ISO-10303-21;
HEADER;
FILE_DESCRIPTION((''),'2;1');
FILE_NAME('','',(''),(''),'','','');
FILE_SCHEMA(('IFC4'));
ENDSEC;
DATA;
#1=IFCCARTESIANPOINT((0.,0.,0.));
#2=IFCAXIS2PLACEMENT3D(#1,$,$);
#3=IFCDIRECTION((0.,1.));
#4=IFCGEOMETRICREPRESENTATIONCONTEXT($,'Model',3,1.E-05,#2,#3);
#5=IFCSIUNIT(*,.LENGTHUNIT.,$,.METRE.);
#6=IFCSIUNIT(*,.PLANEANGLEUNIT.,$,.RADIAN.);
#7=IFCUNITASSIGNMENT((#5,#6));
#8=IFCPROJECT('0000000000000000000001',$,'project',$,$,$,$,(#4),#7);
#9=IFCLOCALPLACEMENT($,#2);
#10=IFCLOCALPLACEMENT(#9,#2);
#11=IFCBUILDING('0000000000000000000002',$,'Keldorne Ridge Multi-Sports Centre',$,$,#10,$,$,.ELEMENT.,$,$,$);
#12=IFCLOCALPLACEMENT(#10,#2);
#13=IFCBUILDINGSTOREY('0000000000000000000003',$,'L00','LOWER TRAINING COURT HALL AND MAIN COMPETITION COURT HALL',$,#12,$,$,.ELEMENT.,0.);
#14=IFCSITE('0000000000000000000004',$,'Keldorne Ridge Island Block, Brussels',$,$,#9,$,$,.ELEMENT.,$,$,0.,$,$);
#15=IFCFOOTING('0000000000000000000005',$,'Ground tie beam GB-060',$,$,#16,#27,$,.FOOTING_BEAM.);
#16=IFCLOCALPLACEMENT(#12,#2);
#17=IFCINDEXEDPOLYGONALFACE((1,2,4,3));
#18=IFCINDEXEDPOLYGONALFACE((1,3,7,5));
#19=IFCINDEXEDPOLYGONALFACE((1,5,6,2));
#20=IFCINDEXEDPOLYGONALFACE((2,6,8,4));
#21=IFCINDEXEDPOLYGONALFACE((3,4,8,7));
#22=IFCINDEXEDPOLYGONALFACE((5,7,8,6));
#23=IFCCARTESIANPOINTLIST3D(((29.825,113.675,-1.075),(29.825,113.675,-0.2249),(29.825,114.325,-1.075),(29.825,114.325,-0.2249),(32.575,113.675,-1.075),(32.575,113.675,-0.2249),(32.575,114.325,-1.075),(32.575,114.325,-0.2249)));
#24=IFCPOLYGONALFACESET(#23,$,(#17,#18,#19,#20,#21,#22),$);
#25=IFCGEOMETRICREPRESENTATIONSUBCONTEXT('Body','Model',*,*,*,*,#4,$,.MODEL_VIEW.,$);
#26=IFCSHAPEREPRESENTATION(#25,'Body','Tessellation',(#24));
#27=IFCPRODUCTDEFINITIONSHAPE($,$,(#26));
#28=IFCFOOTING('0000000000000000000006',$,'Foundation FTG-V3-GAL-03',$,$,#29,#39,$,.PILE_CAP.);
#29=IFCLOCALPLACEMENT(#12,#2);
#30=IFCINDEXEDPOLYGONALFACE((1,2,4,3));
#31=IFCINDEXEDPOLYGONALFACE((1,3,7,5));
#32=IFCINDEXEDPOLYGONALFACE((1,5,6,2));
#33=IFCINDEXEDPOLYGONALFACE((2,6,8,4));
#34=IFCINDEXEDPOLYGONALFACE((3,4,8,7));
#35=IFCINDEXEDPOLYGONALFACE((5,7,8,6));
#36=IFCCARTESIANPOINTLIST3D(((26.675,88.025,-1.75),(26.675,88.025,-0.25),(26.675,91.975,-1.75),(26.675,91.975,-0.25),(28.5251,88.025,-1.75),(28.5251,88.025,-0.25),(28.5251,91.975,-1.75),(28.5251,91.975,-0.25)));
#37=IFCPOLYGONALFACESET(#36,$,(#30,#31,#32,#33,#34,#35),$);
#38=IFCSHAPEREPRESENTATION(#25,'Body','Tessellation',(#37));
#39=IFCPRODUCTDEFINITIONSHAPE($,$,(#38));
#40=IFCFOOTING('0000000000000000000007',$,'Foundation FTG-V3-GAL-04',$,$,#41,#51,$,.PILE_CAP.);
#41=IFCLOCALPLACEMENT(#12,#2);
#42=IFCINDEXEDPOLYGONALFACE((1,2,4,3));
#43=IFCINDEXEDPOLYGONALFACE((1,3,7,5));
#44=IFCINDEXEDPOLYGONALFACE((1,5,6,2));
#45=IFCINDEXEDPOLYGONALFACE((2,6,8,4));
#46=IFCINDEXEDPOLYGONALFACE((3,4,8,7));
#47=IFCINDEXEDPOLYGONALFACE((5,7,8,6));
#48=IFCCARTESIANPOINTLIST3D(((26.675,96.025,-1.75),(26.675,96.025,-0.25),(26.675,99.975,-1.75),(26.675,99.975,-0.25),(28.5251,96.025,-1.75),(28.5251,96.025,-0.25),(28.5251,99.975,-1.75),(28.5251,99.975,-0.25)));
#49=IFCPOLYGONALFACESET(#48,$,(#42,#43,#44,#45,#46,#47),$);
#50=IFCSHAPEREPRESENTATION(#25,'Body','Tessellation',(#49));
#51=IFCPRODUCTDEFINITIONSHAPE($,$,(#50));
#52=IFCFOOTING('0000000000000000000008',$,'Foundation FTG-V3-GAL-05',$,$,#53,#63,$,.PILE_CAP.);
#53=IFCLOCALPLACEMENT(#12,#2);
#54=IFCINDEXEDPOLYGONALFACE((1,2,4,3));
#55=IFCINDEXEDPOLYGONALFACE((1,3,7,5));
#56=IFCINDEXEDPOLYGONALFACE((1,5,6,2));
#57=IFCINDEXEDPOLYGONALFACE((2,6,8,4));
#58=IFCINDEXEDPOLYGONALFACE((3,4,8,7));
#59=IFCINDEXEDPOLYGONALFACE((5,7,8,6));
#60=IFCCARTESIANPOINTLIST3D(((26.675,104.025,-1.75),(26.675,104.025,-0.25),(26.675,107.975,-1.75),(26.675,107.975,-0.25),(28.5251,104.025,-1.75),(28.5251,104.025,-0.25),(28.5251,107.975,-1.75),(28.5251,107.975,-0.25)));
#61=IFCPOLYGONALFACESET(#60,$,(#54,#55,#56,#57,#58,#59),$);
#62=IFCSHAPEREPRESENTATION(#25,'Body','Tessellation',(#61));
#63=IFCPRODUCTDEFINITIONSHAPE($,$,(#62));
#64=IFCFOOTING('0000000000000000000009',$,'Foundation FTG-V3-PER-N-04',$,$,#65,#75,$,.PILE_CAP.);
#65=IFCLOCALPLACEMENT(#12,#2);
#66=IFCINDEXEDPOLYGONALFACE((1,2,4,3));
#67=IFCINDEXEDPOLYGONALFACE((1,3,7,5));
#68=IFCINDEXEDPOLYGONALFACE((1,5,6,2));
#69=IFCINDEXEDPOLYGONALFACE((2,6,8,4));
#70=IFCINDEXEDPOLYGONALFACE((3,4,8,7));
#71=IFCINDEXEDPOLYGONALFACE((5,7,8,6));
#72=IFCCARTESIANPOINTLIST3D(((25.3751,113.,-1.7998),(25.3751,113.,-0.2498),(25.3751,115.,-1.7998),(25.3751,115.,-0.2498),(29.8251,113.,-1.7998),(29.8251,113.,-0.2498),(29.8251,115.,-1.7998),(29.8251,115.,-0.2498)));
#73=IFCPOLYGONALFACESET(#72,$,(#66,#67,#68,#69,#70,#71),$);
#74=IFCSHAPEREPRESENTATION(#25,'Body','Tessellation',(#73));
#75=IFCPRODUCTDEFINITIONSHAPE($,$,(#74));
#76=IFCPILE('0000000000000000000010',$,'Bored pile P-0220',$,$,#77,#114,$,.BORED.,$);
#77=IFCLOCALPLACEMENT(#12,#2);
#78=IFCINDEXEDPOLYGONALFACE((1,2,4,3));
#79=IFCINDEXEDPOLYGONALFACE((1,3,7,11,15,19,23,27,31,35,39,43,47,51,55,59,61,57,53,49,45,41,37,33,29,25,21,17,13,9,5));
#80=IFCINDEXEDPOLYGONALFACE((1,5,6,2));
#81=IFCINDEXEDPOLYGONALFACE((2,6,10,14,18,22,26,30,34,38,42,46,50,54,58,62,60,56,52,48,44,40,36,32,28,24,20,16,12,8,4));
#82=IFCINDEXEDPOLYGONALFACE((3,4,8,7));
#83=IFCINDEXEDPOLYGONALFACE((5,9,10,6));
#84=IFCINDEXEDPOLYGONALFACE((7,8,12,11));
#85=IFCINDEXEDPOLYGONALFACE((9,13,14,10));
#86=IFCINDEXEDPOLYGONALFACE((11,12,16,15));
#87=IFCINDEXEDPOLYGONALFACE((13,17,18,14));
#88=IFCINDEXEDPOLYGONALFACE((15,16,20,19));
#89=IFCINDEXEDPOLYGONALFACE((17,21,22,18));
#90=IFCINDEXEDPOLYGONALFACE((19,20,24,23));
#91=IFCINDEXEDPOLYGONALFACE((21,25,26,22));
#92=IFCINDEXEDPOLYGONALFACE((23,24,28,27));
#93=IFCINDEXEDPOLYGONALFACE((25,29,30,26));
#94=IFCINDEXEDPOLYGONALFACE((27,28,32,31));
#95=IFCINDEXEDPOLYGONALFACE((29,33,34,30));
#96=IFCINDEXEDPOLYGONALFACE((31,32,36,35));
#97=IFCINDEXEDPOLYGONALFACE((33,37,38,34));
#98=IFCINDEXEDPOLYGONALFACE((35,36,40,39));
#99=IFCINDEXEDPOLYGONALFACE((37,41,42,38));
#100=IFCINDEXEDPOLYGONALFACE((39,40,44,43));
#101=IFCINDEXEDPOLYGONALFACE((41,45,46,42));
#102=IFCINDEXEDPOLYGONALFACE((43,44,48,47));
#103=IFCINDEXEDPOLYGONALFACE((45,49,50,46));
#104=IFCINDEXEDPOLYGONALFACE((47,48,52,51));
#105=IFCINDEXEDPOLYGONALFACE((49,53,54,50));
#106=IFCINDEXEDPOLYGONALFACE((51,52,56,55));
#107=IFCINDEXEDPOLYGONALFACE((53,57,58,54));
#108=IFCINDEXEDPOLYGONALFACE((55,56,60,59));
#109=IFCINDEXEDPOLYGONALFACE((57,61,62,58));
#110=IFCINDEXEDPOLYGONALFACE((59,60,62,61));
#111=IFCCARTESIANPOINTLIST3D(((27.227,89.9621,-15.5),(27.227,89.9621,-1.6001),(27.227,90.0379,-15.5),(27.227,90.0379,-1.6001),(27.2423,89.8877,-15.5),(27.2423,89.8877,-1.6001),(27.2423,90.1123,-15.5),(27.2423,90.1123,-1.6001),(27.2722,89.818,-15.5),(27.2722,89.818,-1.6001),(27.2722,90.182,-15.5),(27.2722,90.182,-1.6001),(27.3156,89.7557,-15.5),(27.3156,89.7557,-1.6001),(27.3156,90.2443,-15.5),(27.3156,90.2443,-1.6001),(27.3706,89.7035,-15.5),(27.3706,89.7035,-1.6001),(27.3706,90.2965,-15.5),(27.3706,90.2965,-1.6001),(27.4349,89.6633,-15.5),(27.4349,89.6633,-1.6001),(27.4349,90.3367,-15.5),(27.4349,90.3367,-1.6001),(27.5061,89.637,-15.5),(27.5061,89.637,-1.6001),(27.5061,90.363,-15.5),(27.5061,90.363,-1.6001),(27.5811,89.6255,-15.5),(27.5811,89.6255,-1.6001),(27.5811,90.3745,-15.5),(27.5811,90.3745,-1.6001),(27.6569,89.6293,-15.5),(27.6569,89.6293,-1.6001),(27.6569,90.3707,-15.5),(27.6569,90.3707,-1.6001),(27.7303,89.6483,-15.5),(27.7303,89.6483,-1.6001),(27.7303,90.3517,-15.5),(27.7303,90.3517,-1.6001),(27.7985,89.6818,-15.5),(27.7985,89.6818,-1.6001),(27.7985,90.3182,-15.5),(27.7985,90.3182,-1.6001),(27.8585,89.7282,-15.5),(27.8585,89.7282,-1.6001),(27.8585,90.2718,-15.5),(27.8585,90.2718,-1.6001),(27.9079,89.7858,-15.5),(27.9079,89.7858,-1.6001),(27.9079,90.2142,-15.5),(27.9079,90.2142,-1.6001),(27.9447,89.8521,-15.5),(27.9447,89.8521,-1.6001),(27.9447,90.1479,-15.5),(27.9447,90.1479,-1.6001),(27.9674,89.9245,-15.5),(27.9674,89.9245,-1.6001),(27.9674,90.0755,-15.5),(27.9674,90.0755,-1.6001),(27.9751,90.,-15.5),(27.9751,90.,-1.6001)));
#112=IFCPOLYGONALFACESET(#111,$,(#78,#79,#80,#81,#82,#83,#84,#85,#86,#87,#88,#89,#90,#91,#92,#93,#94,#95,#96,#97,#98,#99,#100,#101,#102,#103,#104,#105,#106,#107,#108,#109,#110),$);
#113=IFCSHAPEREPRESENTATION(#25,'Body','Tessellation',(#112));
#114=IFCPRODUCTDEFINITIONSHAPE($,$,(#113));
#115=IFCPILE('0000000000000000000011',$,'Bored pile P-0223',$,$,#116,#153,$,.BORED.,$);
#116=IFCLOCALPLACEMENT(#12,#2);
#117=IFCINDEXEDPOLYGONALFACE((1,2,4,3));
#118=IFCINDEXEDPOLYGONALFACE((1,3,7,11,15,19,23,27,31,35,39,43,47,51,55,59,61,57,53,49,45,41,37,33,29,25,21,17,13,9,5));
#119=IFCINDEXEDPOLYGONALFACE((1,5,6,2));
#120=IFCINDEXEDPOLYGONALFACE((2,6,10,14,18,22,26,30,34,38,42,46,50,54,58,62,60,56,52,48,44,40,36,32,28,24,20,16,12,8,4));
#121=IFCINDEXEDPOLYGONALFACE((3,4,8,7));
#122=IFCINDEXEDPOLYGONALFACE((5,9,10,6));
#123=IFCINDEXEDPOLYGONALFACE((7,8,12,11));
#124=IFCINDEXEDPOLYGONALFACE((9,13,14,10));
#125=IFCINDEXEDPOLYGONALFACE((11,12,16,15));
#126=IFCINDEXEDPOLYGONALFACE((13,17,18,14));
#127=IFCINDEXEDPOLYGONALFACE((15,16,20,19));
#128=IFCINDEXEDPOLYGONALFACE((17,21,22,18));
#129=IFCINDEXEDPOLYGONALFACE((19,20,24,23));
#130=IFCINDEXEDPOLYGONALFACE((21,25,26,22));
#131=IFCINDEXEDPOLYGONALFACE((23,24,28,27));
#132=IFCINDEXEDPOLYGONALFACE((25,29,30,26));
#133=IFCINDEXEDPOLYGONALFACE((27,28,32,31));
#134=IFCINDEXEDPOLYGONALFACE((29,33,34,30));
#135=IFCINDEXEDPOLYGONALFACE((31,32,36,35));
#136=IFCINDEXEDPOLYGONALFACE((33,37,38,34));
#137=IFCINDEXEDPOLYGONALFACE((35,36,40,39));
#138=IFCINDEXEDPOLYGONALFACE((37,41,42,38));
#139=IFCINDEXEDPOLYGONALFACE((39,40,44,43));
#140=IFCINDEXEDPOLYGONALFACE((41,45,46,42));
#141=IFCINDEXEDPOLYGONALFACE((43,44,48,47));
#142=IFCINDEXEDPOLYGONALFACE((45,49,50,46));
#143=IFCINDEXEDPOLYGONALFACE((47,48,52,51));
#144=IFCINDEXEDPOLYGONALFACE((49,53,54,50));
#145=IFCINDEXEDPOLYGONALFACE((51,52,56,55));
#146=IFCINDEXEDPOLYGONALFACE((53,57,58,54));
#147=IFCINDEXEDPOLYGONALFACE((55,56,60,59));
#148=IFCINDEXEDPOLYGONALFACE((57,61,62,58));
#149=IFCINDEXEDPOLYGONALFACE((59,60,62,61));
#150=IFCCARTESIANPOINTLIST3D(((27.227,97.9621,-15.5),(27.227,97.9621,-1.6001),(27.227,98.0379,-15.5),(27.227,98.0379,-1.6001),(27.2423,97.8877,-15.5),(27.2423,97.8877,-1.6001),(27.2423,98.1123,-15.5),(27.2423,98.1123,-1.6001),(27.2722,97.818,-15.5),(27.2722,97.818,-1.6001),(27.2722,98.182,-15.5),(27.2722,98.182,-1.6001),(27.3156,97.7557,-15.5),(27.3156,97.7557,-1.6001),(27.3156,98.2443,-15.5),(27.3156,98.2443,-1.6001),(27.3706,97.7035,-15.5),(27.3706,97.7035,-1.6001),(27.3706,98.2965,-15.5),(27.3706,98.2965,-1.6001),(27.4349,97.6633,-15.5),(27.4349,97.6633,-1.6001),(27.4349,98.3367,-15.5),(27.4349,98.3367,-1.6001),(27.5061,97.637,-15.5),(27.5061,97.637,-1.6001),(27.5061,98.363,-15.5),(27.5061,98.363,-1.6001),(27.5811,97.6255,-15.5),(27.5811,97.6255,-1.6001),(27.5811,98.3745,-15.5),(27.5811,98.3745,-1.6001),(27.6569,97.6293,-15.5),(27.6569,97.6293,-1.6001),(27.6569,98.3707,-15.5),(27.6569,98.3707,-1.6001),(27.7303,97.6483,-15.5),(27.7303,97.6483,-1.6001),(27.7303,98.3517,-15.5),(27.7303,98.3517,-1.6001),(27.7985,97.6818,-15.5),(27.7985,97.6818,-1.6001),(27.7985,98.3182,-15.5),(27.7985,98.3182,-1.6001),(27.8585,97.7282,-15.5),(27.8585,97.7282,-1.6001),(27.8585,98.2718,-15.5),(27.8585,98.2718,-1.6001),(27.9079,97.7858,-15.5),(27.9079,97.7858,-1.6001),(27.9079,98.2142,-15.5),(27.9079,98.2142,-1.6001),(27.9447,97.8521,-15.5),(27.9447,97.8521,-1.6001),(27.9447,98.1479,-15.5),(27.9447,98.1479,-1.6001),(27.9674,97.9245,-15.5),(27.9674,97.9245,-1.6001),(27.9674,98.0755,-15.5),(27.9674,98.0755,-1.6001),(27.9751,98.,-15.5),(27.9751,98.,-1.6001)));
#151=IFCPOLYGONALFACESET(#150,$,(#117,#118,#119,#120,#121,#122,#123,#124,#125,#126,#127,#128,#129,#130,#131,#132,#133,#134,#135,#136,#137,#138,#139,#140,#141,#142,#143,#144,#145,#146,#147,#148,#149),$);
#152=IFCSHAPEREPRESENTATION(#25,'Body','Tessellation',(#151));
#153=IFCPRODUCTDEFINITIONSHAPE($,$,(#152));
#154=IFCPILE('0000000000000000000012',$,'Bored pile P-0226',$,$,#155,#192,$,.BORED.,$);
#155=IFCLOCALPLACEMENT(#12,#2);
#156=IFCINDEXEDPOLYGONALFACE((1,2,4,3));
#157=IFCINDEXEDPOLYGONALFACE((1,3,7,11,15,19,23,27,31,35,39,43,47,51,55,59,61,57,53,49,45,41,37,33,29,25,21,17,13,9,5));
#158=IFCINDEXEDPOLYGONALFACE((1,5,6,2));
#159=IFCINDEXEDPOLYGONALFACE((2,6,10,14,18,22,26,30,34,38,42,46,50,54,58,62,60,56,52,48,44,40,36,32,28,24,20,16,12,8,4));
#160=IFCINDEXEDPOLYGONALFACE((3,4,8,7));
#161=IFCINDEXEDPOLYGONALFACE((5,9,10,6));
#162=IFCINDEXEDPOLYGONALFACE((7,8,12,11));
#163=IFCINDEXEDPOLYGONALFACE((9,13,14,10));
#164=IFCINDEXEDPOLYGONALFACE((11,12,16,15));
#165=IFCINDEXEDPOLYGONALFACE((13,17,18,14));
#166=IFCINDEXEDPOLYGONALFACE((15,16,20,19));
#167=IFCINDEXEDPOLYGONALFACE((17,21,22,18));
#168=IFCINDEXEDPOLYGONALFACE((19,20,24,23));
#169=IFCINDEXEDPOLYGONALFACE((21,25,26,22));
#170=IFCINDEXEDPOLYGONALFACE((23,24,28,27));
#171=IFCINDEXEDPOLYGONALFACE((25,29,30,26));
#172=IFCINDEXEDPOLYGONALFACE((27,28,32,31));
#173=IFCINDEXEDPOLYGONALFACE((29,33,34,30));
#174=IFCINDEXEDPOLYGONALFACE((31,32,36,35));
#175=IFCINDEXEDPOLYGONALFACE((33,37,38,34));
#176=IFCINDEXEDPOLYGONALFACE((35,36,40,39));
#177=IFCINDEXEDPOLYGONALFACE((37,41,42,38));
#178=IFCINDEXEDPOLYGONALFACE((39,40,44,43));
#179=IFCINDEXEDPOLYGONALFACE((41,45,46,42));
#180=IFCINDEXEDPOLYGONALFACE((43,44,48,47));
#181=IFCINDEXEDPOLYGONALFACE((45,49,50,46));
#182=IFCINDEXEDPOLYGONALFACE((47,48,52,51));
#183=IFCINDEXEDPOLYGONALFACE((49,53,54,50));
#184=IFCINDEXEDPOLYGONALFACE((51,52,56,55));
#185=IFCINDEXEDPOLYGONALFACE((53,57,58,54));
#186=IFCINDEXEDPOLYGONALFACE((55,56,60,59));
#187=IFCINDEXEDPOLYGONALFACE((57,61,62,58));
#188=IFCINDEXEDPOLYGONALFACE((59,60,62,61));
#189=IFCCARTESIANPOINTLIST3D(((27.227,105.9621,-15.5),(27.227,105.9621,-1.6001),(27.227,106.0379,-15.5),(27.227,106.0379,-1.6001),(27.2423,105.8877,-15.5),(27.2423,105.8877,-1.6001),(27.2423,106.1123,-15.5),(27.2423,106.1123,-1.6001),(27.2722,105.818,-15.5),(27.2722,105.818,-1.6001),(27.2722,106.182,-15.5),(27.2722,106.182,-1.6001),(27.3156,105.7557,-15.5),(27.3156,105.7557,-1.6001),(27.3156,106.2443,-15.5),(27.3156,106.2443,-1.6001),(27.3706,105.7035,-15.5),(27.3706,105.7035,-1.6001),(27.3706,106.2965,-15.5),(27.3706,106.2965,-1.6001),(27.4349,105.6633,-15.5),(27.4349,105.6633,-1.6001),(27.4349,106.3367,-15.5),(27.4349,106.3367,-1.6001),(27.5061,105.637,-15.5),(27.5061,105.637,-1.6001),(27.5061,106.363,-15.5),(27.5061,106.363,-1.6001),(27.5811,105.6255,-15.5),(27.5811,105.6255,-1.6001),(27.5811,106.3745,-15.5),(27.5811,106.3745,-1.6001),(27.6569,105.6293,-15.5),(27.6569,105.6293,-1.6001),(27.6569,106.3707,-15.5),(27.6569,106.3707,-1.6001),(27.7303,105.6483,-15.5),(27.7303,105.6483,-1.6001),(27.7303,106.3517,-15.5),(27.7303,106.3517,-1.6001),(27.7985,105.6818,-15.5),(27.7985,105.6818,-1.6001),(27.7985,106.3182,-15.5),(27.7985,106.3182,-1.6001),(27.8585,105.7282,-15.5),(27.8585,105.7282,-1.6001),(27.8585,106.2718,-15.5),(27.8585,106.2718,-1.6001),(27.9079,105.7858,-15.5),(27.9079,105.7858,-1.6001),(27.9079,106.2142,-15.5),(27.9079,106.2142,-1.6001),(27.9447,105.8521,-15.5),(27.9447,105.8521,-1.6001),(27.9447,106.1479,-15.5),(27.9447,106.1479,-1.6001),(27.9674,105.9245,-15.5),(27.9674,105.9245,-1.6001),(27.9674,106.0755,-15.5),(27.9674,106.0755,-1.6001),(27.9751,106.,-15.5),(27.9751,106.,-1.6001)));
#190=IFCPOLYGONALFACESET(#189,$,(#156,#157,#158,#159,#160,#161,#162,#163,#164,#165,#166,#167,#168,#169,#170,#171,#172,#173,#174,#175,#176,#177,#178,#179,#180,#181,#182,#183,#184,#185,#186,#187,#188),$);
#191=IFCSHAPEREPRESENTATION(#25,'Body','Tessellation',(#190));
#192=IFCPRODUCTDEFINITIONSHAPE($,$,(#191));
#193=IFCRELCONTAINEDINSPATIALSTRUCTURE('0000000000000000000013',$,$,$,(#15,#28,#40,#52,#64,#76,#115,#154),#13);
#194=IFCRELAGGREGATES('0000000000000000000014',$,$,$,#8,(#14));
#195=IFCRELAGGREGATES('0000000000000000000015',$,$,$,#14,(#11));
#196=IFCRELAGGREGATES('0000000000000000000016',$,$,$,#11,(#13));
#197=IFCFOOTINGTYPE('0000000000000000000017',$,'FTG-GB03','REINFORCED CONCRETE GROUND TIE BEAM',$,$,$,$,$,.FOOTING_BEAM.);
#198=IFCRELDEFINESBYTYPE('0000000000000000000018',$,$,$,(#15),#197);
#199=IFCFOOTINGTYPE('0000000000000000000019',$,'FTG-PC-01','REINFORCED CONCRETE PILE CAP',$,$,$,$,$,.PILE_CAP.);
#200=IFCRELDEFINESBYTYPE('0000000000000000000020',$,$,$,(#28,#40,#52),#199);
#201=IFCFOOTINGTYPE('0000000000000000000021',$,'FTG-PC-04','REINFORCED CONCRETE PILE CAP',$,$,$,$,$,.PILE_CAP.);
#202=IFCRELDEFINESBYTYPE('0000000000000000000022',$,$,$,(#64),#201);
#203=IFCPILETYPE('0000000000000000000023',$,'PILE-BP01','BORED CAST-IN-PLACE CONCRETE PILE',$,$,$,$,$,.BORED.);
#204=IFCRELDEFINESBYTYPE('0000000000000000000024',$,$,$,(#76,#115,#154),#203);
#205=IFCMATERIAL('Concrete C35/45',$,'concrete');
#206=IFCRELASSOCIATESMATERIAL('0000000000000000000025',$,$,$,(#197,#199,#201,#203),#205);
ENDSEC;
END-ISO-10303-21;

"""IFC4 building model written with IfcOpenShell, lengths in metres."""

from ifc_helpers import new_model, si_unit, direction, frame, origin, origin_2d, place, context, subcontext, project, spatial, rectangle, circle, extrude, material, material_profile, profile_set, type_object, element, save


model = new_model("IFC4")

# Units and contexts
model_context = context("Model", 3, precision=1e-05, world=origin(), true_north=direction((0.0, 1.0)))
body_context = subcontext(model_context, "Body", "Model", "MODEL_VIEW")
ifc_project = project(units=[si_unit("LENGTHUNIT", "METRE"), si_unit("PLANEANGLEUNIT", "RADIAN")], contexts=[model_context])

# Site, building, storey
site_placement = place(None, origin())
site = spatial("IfcSite", under=ifc_project, at=site_placement, Name="Keldorne Ridge Island Block, Brussels", CompositionType="ELEMENT", RefElevation=0.0)
building_placement = place(site_placement, origin())
building = spatial("IfcBuilding", under=site, at=building_placement, Name="Keldorne Ridge Multi-Sports Centre", CompositionType="ELEMENT")
storey_placement = place(building_placement, origin())
storey = spatial("IfcBuildingStorey", under=building, at=storey_placement, Name="L00", Description="LOWER TRAINING COURT HALL AND MAIN COMPETITION COURT HALL", CompositionType="ELEMENT", Elevation=0.0)

# Footings
ifc_material_1 = material(Name="Concrete C35/45", Category="concrete")
ifc_material_profile_1 = material_profile(ifc_material_1, rectangle(XDim=0.6499, YDim=0.8501, at=origin_2d()), Name="GB 650x850")
ifc_profile_set_1 = profile_set([ifc_material_profile_1], Name="Concrete C35/45")
footing_type_1 = type_object("IfcFootingType", Name="FTG-GB03", Description="REINFORCED CONCRETE GROUND TIE BEAM", PredefinedType="FOOTING_BEAM", material=ifc_profile_set_1)
footing_1_placement = place(storey_placement, frame((29.825, 114.0, -0.6499), z_axis=(1.0, 0.0, 0.0), x_axis=(0.0, 1.0, 0.0)))
element("IfcFooting", 1, at=footing_1_placement, inside=storey, type_object=footing_type_1, Name="Ground tie beam GB-060", PredefinedType="FOOTING_BEAM", context=body_context, shape_type="SweptSolid", body=[
    extrude(rectangle(XDim=0.6499, YDim=0.8501, at=origin_2d()), origin(), (0.0, 0.0, 1.0), 2.75),
])
footing_type_2 = type_object("IfcFootingType", Name="FTG-PC-01", Description="REINFORCED CONCRETE PILE CAP", PredefinedType="PILE_CAP", material=ifc_material_1)
for number, where, z_axis, x_axis, name in (
    (2, (27.6001, 90.0, -1.75), (0.0, 0.0, 1.0), (1.0, 0.0, 0.0), "Foundation FTG-V3-GAL-03"),
    (3, (27.6001, 98.0, -1.75), (0.0, 0.0, 1.0), (1.0, 0.0, 0.0), "Foundation FTG-V3-GAL-04"),
    (4, (27.6001, 106.0, -1.75), (0.0, 0.0, 1.0), (1.0, 0.0, 0.0), "Foundation FTG-V3-GAL-05"),
):
    element("IfcFooting", number, at=place(storey_placement, frame(where, z_axis=z_axis, x_axis=x_axis)), inside=storey, type_object=footing_type_2, Name=name, PredefinedType="PILE_CAP", context=body_context, shape_type="SweptSolid", body=[
        extrude(rectangle(XDim=1.8501, YDim=3.95, at=origin_2d()), origin(), (0.0, 0.0, 1.0), 1.5),
    ])
footing_type_3 = type_object("IfcFootingType", Name="FTG-PC-04", Description="REINFORCED CONCRETE PILE CAP", PredefinedType="PILE_CAP", material=ifc_material_1)
footing_2_placement = place(storey_placement, frame((27.6001, 114.0, -1.7998), z_axis=(0.0, 0.0, 1.0), x_axis=(1.0, 0.0, 0.0)))
element("IfcFooting", 5, at=footing_2_placement, inside=storey, type_object=footing_type_3, Name="Foundation FTG-V3-PER-N-04", PredefinedType="PILE_CAP", context=body_context, shape_type="SweptSolid", body=[
    extrude(rectangle(XDim=4.45, YDim=2.0, at=origin_2d()), origin(), (0.0, 0.0, 1.0), 1.55),
])

# Piles
ifc_material_profile_2 = material_profile(ifc_material_1, circle(Radius=0.375, at=origin_2d()), Name="BORED PILE D750")
ifc_profile_set_2 = profile_set([ifc_material_profile_2], Name="Concrete C35/45")
pile_type_1 = type_object("IfcPileType", Name="PILE-BP01", Description="BORED CAST-IN-PLACE CONCRETE PILE", PredefinedType="BORED", material=ifc_profile_set_2)
for number, where, z_axis, x_axis, name in (
    (6, (27.6001, 90.0, -1.6001), (0.0, 0.0, -1.0), (1.0, 0.0, 0.0), "Bored pile P-0220"),
    (7, (27.6001, 98.0, -1.6001), (0.0, 0.0, -1.0), (1.0, 0.0, 0.0), "Bored pile P-0223"),
    (8, (27.6001, 106.0, -1.6001), (0.0, 0.0, -1.0), (1.0, 0.0, 0.0), "Bored pile P-0226"),
):
    element("IfcPile", number, at=place(storey_placement, frame(where, z_axis=z_axis, x_axis=x_axis)), inside=storey, type_object=pile_type_1, Name=name, PredefinedType="BORED", context=body_context, shape_type="SweptSolid", body=[
        extrude(circle(Radius=0.375, at=origin_2d()), origin(), (0.0, 0.0, 1.0), 13.8999),
    ])

save(model, "model.ifc")
